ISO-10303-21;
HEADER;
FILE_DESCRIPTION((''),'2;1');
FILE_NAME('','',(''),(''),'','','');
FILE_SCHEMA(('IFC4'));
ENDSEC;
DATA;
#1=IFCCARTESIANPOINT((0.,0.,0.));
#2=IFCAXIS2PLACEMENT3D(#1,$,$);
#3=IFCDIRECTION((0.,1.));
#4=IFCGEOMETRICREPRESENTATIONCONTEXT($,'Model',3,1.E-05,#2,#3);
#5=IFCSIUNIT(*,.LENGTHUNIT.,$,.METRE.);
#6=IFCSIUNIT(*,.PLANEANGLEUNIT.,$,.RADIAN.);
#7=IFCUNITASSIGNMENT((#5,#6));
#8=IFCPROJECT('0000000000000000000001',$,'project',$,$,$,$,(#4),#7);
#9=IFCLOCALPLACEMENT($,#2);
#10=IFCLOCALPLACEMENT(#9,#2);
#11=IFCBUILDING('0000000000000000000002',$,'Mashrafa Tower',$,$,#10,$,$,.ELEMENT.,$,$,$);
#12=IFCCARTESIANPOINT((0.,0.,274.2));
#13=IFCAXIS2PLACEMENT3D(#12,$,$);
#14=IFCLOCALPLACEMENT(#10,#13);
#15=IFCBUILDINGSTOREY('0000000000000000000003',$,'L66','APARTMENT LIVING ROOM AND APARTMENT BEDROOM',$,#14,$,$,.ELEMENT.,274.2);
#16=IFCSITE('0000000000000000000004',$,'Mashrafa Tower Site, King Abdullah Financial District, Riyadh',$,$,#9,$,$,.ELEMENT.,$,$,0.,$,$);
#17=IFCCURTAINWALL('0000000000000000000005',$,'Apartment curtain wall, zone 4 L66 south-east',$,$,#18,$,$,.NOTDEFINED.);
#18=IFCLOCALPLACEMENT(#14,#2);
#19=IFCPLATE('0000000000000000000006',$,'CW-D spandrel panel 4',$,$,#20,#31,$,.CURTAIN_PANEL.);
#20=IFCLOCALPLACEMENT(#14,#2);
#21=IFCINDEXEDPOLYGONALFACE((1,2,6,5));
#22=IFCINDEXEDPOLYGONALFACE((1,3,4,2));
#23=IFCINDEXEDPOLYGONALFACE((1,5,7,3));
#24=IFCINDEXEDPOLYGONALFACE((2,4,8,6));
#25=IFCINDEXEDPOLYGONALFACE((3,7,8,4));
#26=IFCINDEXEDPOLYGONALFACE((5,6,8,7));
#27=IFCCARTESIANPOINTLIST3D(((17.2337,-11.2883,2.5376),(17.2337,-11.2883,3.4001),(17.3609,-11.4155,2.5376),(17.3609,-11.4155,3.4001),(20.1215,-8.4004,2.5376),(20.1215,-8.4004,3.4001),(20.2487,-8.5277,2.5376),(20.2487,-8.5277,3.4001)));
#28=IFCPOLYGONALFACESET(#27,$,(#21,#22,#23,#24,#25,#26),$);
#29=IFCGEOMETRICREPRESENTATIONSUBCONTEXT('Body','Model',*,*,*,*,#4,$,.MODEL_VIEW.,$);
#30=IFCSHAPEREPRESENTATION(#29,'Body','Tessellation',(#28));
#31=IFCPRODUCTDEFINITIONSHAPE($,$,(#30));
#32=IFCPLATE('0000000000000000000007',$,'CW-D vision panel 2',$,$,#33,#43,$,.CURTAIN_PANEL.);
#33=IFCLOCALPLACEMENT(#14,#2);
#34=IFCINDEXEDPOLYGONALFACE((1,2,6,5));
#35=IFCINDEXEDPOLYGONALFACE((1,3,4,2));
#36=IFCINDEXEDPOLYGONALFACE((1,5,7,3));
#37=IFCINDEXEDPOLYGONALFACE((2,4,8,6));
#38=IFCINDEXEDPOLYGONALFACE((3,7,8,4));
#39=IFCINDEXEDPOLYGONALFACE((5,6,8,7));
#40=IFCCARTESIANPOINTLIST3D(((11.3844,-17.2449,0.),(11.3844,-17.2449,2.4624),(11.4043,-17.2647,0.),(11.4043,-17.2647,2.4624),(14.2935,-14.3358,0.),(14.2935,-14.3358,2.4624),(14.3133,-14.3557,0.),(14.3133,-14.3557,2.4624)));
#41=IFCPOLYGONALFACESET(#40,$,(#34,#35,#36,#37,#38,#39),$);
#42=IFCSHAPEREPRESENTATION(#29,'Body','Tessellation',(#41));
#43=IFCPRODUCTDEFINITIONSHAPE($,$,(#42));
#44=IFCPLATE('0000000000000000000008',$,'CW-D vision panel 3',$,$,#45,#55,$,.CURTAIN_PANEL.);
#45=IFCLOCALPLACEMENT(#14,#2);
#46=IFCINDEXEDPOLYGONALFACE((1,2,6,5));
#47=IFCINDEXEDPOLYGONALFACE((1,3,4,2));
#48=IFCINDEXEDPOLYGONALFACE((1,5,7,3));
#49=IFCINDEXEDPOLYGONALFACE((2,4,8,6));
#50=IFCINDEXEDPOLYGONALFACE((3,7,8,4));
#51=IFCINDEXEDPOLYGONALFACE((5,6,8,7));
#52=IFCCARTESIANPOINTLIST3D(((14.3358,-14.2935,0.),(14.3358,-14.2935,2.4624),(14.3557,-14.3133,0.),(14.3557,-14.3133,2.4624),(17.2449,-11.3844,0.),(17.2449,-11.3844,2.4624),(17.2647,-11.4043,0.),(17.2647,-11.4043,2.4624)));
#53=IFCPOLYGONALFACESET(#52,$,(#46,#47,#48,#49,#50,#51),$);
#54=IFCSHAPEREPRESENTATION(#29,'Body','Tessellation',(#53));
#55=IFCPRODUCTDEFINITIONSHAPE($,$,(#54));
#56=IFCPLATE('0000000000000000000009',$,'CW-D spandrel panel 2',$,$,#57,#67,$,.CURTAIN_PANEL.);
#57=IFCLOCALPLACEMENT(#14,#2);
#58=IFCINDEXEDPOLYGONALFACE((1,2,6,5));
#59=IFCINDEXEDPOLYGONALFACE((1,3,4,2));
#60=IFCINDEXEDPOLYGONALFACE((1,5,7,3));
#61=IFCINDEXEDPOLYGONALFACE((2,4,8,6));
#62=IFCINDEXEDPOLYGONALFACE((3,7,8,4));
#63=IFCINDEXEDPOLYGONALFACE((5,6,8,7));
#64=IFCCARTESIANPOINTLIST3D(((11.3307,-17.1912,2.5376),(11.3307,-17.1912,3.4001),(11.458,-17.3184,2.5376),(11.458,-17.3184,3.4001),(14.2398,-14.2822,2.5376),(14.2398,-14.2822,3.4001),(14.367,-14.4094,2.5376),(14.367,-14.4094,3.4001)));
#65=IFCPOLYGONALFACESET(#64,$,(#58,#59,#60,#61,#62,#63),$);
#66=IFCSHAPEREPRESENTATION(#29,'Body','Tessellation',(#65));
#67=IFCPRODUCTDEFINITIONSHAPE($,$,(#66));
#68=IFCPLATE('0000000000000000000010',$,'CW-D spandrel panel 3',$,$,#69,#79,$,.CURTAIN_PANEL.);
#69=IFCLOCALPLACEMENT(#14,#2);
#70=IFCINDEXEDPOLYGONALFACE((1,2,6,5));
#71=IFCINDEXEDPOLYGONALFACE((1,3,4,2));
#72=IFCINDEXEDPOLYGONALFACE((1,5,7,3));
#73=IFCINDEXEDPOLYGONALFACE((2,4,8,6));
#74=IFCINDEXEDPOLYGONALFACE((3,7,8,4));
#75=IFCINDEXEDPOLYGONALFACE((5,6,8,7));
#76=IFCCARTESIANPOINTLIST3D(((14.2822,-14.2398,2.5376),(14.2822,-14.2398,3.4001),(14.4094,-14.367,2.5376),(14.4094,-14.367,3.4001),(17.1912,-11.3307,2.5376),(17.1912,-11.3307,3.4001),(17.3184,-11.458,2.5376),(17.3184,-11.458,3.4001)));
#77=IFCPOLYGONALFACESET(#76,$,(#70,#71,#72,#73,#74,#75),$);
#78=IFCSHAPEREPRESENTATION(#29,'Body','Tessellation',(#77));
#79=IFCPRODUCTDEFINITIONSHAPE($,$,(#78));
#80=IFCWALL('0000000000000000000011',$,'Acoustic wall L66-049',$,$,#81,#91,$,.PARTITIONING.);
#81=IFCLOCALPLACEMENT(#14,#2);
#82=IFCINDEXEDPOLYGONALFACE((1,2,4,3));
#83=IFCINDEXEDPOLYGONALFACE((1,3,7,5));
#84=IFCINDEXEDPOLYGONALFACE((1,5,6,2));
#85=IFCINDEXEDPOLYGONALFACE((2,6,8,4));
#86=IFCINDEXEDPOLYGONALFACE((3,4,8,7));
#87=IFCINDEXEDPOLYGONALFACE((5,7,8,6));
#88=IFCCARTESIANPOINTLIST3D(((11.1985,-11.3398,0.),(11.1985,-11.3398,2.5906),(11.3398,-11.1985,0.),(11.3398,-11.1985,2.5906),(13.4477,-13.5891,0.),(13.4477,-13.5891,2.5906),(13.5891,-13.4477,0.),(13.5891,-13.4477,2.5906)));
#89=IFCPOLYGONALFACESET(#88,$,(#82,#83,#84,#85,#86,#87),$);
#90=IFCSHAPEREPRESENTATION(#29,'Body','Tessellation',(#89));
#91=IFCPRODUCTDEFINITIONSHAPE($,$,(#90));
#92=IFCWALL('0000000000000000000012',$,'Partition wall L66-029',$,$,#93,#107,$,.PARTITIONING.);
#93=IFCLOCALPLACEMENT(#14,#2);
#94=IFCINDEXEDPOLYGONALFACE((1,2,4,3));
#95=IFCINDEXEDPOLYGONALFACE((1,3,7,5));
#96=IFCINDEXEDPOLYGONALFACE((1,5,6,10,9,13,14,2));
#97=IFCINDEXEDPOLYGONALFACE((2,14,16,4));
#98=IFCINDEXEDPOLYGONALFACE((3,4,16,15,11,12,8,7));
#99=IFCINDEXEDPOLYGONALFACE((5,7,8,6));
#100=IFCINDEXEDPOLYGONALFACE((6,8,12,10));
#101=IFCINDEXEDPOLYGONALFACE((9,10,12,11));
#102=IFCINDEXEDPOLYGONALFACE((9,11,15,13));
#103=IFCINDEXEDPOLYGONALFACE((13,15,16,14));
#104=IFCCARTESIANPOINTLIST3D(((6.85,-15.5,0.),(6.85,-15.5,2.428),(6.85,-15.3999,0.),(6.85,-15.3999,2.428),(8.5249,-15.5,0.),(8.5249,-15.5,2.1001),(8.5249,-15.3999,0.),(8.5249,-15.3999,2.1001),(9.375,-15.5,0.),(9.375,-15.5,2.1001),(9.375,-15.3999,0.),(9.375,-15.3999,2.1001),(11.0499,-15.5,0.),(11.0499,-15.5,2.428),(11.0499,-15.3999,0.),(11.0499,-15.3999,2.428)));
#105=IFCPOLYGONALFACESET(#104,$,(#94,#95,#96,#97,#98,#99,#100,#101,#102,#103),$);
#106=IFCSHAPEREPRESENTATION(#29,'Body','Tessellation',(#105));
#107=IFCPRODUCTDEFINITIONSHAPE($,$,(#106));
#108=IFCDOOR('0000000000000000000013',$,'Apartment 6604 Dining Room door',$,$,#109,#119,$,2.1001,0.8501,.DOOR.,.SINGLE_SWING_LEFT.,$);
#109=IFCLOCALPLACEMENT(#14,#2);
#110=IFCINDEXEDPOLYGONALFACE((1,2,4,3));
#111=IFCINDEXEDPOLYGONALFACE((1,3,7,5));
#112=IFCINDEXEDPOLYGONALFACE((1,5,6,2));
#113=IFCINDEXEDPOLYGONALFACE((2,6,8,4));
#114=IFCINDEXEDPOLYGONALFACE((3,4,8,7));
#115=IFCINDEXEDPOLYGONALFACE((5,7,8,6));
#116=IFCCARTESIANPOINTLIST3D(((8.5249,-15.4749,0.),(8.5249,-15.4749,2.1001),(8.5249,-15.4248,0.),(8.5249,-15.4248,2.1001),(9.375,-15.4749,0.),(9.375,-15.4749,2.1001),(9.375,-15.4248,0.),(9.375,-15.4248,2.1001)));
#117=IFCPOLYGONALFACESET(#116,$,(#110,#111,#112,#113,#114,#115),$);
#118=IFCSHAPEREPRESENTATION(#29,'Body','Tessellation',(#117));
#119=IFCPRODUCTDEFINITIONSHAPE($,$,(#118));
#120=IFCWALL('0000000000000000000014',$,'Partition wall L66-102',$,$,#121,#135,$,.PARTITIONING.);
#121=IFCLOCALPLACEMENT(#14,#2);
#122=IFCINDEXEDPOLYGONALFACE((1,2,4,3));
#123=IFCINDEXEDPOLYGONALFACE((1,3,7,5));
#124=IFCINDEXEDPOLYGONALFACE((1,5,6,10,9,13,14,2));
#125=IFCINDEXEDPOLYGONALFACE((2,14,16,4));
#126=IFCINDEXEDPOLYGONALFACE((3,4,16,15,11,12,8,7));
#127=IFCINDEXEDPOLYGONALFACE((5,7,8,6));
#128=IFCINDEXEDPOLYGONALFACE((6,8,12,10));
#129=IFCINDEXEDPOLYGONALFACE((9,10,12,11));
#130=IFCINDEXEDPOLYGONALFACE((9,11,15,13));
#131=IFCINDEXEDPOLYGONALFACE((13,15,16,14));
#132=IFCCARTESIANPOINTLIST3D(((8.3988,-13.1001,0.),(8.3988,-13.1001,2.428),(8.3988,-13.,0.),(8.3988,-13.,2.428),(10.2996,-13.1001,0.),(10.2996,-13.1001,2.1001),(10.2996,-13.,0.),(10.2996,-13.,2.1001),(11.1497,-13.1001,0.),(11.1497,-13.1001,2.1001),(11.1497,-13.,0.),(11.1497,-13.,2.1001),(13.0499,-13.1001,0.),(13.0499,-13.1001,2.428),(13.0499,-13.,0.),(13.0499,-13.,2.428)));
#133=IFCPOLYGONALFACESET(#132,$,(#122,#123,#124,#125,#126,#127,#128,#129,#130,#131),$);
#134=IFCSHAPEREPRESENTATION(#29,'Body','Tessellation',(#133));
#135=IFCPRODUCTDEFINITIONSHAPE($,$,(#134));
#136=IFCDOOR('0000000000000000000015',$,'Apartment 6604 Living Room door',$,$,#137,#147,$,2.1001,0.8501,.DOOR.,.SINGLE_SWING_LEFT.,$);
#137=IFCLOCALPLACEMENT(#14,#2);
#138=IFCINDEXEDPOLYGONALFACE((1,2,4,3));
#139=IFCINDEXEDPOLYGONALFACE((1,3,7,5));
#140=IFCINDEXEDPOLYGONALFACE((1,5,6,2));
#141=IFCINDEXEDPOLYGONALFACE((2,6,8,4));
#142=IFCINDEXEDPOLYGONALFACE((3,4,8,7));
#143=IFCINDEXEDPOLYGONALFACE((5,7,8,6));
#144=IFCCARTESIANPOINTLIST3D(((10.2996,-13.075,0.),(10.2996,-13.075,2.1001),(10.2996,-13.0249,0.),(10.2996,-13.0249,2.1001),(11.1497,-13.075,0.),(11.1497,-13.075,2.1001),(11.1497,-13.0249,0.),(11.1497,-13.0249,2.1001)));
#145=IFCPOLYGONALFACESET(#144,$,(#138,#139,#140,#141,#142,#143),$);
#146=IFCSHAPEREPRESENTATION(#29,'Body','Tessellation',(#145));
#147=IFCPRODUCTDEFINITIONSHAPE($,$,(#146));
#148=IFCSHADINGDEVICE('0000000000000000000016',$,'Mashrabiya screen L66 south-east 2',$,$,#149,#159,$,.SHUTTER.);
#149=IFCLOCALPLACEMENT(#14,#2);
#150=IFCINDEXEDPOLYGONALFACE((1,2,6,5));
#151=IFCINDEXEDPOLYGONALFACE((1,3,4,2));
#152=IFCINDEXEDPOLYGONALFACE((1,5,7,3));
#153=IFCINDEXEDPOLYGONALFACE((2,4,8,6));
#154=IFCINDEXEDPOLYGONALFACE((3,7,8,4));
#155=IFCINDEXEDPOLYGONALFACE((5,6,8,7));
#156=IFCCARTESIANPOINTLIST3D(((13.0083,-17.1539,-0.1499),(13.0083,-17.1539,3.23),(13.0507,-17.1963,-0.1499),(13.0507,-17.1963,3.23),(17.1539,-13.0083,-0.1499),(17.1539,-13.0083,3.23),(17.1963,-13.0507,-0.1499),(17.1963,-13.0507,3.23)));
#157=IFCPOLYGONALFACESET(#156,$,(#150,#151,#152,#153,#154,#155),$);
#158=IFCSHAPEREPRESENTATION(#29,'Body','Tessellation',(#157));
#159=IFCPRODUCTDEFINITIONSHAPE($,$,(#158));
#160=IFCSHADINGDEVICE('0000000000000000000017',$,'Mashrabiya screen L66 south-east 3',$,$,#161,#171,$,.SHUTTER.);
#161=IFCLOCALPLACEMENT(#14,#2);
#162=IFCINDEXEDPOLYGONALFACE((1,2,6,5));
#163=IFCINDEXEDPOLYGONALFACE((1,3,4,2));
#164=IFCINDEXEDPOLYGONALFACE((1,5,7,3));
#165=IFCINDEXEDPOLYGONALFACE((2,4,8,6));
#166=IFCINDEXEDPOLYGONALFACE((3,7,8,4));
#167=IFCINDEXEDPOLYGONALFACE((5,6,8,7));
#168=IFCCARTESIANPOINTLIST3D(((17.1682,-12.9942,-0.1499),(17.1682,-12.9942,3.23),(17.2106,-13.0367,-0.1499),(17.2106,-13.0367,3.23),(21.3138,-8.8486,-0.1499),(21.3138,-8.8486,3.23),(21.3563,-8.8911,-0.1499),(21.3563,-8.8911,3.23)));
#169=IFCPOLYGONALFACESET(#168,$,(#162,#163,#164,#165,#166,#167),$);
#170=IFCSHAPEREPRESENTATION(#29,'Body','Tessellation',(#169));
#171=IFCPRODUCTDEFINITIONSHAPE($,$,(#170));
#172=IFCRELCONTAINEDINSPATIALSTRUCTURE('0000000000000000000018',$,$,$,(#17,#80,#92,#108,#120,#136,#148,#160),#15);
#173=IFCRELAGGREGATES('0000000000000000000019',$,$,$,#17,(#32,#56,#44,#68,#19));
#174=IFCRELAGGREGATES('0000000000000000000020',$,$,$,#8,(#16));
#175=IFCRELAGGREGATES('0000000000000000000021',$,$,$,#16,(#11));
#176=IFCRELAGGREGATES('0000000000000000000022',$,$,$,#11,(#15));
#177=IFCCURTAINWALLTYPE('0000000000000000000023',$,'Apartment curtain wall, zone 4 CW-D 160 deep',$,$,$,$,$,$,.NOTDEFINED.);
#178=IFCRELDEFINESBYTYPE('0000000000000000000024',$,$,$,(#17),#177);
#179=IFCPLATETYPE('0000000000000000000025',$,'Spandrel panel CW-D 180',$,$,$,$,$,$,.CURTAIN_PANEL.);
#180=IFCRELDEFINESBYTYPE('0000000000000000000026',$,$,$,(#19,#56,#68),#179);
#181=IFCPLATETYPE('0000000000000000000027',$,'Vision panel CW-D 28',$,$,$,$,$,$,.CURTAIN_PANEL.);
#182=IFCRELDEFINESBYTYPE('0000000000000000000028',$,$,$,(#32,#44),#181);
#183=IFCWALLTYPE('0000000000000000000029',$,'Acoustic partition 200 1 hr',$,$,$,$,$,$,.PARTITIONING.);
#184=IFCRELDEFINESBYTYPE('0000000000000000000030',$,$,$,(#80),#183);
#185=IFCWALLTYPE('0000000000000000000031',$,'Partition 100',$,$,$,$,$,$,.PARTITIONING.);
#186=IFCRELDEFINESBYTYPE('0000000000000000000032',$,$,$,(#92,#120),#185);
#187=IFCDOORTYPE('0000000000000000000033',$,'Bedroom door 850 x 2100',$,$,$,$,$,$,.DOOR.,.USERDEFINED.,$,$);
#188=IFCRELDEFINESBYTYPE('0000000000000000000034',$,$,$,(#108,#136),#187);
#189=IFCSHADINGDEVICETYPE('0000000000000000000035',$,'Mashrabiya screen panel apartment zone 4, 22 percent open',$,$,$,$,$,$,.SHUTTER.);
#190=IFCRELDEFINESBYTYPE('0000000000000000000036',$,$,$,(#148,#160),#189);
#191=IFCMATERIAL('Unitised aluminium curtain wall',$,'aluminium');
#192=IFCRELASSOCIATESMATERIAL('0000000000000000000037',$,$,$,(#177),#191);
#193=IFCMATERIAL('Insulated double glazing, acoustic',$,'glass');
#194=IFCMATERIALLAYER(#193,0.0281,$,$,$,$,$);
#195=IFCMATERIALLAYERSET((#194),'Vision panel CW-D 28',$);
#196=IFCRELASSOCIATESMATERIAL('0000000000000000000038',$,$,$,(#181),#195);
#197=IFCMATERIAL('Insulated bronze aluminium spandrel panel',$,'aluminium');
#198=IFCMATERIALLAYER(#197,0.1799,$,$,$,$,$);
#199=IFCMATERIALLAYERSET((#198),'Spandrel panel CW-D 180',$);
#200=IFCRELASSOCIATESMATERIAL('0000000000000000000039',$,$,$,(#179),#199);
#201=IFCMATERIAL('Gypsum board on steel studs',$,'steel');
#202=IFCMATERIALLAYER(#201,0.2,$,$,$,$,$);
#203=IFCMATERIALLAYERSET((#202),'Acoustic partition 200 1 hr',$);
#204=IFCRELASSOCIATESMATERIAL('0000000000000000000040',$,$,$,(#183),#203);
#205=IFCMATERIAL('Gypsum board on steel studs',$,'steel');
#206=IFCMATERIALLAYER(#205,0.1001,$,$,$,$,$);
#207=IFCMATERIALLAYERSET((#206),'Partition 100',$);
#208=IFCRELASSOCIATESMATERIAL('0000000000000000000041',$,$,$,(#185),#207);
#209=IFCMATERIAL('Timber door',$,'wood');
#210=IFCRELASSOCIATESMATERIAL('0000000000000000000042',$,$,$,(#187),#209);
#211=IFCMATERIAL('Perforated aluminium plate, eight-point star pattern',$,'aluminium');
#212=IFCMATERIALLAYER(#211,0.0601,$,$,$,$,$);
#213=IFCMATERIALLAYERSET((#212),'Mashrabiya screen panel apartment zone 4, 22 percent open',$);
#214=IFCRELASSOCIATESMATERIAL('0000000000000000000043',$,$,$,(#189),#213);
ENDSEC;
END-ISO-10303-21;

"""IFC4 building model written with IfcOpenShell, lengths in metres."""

from ifc_helpers import new_model, si_unit, direction, frame, frame_2d, origin, origin_2d, place, context, subcontext, project, spatial, rectangle, extrude, source, transform, mapped, material, layer, layer_set, type_object, type_shapes, element, fill, aggregate, save


model = new_model("IFC4")

# Units and contexts
model_context = context("Model", 3, precision=1e-05, world=origin(), true_north=direction((0.0, 1.0)))
body_context = subcontext(model_context, "Body", "Model", "MODEL_VIEW")
ifc_project = project(units=[si_unit("LENGTHUNIT", "METRE"), si_unit("PLANEANGLEUNIT", "RADIAN")], contexts=[model_context])

# Site, building, storey
site_placement = place(None, origin())
site = spatial("IfcSite", under=ifc_project, at=site_placement, Name="Mashrafa Tower Site, King Abdullah Financial District, Riyadh", CompositionType="ELEMENT", RefElevation=0.0)
building_placement = place(site_placement, origin())
building = spatial("IfcBuilding", under=site, at=building_placement, Name="Mashrafa Tower", CompositionType="ELEMENT")
storey_placement = place(building_placement, frame((0.0, 0.0, 274.2)))
storey = spatial("IfcBuildingStorey", under=building, at=storey_placement, Name="L66", Description="APARTMENT LIVING ROOM AND APARTMENT BEDROOM", CompositionType="ELEMENT", Elevation=274.2)

# Shared definitions
ifc_material_1 = material(Name="Unitised aluminium curtain wall", Category="aluminium")
curtain_wall_type = type_object("IfcCurtainWallType", Name="Apartment curtain wall, zone 4 CW-D 160 deep", PredefinedType="NOTDEFINED", material=ifc_material_1)

# Curtain wall
curtain_wall_1_placement = place(storey_placement, origin())
curtain_wall_1 = element("IfcCurtainWall", 1, at=curtain_wall_1_placement, inside=storey, type_object=curtain_wall_type, Name="Apartment curtain wall, zone 4 L66 south-east", PredefinedType="NOTDEFINED")

# Plates
ifc_material_2 = material(Name="Insulated double glazing, acoustic", Category="glass")
ifc_layer_1 = layer(ifc_material_2, 0.0281)
ifc_layer_set_1 = layer_set([ifc_layer_1], Name="Vision panel CW-D 28")
plate_type_1 = type_object("IfcPlateType", Name="Vision panel CW-D 28", PredefinedType="CURTAIN_PANEL", material=ifc_layer_set_1)
ifc_material_3 = material(Name="Insulated bronze aluminium spandrel panel", Category="aluminium")
ifc_layer_2 = layer(ifc_material_3, 0.1799)
ifc_layer_set_2 = layer_set([ifc_layer_2], Name="Spandrel panel CW-D 180")
plate_type_2 = type_object("IfcPlateType", Name="Spandrel panel CW-D 180", PredefinedType="CURTAIN_PANEL", material=ifc_layer_set_2)
shared_shape_1 = source(origin(), body_context, "Body", "SweptSolid", [
    extrude(rectangle(XDim=4.084, YDim=0.1799, at=origin_2d()), origin(), (0.0, 0.0, 1.0), 0.8625),
])
plate_1_placement = place(storey_placement, frame((18.7412, -9.908, 2.5376), z_axis=(0.0, 0.0, 1.0), x_axis=(0.707107, 0.707107, 0.0)))
plate_1 = element("IfcPlate", 2, at=plate_1_placement, type_object=plate_type_2, Name="CW-D spandrel panel 4", PredefinedType="CURTAIN_PANEL", context=body_context, shape_type="MappedRepresentation", body=[
    mapped(shared_shape_1, transform((0.0, 0.0, 0.0))),
])
shared_shape_2 = source(origin(), body_context, "Body", "SweptSolid", [
    extrude(rectangle(XDim=4.114, YDim=0.0281, at=origin_2d()), origin(), (0.0, 0.0, 1.0), 2.4624),
])
plate_2_placement = place(storey_placement, frame((12.8489, -15.8003, 0.0), z_axis=(0.0, 0.0, 1.0), x_axis=(0.707107, 0.707107, 0.0)))
plate_2 = element("IfcPlate", 3, at=plate_2_placement, type_object=plate_type_1, Name="CW-D vision panel 2", PredefinedType="CURTAIN_PANEL", context=body_context, shape_type="MappedRepresentation", body=[
    mapped(shared_shape_2, transform((0.0, 0.0, 0.0))),
])
plate_3_placement = place(storey_placement, frame((15.8003, -12.8489, 0.0), z_axis=(0.0, 0.0, 1.0), x_axis=(0.707107, 0.707107, 0.0)))
plate_3 = element("IfcPlate", 4, at=plate_3_placement, type_object=plate_type_1, Name="CW-D vision panel 3", PredefinedType="CURTAIN_PANEL", context=body_context, shape_type="MappedRepresentation", body=[
    mapped(shared_shape_2, transform((0.0, 0.0, 0.0))),
])
shared_shape_3 = source(origin(), body_context, "Body", "SweptSolid", [
    extrude(rectangle(XDim=4.114, YDim=0.1799, at=origin_2d()), origin(), (0.0, 0.0, 1.0), 0.8625),
])
type_shapes(plate_type_2, [shared_shape_1, shared_shape_3])
plate_4_placement = place(storey_placement, frame((12.8489, -15.8003, 2.5376), z_axis=(0.0, 0.0, 1.0), x_axis=(0.707107, 0.707107, 0.0)))
plate_4 = element("IfcPlate", 5, at=plate_4_placement, type_object=plate_type_2, Name="CW-D spandrel panel 2", PredefinedType="CURTAIN_PANEL", context=body_context, shape_type="MappedRepresentation", body=[
    mapped(shared_shape_3, transform((0.0, 0.0, 0.0))),
])
plate_5_placement = place(storey_placement, frame((15.8003, -12.8489, 2.5376), z_axis=(0.0, 0.0, 1.0), x_axis=(0.707107, 0.707107, 0.0)))
plate_5 = element("IfcPlate", 6, at=plate_5_placement, type_object=plate_type_2, Name="CW-D spandrel panel 3", PredefinedType="CURTAIN_PANEL", context=body_context, shape_type="MappedRepresentation", body=[
    mapped(shared_shape_3, transform((0.0, 0.0, 0.0))),
])
aggregate(curtain_wall_1, [plate_2, plate_4, plate_3, plate_5, plate_1])

# Wall
ifc_material_4 = material(Name="Gypsum board on steel studs", Category="steel")
ifc_layer_3 = layer(ifc_material_4, 0.2)
ifc_layer_set_3 = layer_set([ifc_layer_3], Name="Acoustic partition 200 1 hr")
wall_type_1 = type_object("IfcWallType", Name="Acoustic partition 200 1 hr", PredefinedType="PARTITIONING", material=ifc_layer_set_3)
wall_1_placement = place(storey_placement, frame((13.5183, -13.5183, 0.0), z_axis=(0.0, 0.0, 1.0), x_axis=(-0.707107, 0.707107, 0.0)))
element("IfcWall", 7, at=wall_1_placement, inside=storey, type_object=wall_type_1, Name="Acoustic wall L66-049", PredefinedType="PARTITIONING", context=body_context, shape_type="SweptSolid", body=[
    extrude(rectangle(XDim=3.1809, YDim=0.2, at=frame_2d((1.5903, 0.0))), origin(), (0.0, 0.0, 1.0), 2.5906),
])

# Walls, openings, doors
ifc_material_5 = material(Name="Gypsum board on steel studs", Category="steel")
ifc_layer_4 = layer(ifc_material_5, 0.1001)
ifc_layer_set_4 = layer_set([ifc_layer_4], Name="Partition 100")
wall_type_2 = type_object("IfcWallType", Name="Partition 100", PredefinedType="PARTITIONING", material=ifc_layer_set_4)
wall_2_placement = place(storey_placement, frame((11.05, -15.45, 0.0), z_axis=(0.0, 0.0, 1.0), x_axis=(-1.0, 0.0, 0.0)))
wall_2 = element("IfcWall", 8, at=wall_2_placement, inside=storey, type_object=wall_type_2, Name="Partition wall L66-029", PredefinedType="PARTITIONING", context=body_context, shape_type="SweptSolid", body=[
    extrude(rectangle(XDim=4.2, YDim=0.1001, at=frame_2d((2.1001, 0.0))), origin(), (0.0, 0.0, 1.0), 2.428),
])
opening_1_placement = place(wall_2_placement, frame((1.675, 0.0, 0.0)))
opening_1 = element("IfcOpeningElement", 9, at=opening_1_placement, cuts=wall_2, PredefinedType="OPENING", context=body_context, shape_type="SweptSolid", body=[
    extrude(rectangle(XDim=0.8501, YDim=2.1001, at=frame_2d((0.425, 1.05))), frame((0.0, 0.0601, 0.0), z_axis=(0.0, -1.0, 0.0), x_axis=(1.0, 0.0, 0.0)), (0.0, 0.0, 1.0), 0.1201),
])
ifc_material_6 = material(Name="Timber door", Category="wood")
door_type = type_object("IfcDoorType", Name="Bedroom door 850 x 2100", OperationType="USERDEFINED", PredefinedType="DOOR", material=ifc_material_6)
door_1_placement = place(opening_1_placement, origin())
door_1 = element("IfcDoor", 10, at=door_1_placement, inside=storey, type_object=door_type, Name="Apartment 6604 Dining Room door", OperationType="SINGLE_SWING_LEFT", OverallHeight=2.1001, OverallWidth=0.8501, PredefinedType="DOOR", context=body_context, shape_type="SweptSolid", body=[
    extrude(rectangle(XDim=0.8501, YDim=2.1001, at=frame_2d((0.425, 1.05))), frame((0.0, 0.0249, 0.0), z_axis=(0.0, -1.0, 0.0), x_axis=(1.0, 0.0, 0.0)), (0.0, 0.0, 1.0), 0.05),
])
fill(opening_1, door_1)
wall_3_placement = place(storey_placement, frame((13.05, -13.05, 0.0), z_axis=(0.0, 0.0, 1.0), x_axis=(-1.0, 0.0, 0.0)))
wall_3 = element("IfcWall", 11, at=wall_3_placement, inside=storey, type_object=wall_type_2, Name="Partition wall L66-102", PredefinedType="PARTITIONING", context=body_context, shape_type="SweptSolid", body=[
    extrude(rectangle(XDim=4.6511, YDim=0.1001, at=frame_2d((2.3257, 0.0))), origin(), (0.0, 0.0, 1.0), 2.428),
])
opening_2_placement = place(wall_3_placement, frame((1.9004, 0.0, 0.0)))
opening_2 = element("IfcOpeningElement", 12, at=opening_2_placement, cuts=wall_3, PredefinedType="OPENING", context=body_context, shape_type="SweptSolid", body=[
    extrude(rectangle(XDim=0.8501, YDim=2.1001, at=frame_2d((0.425, 1.05))), frame((0.0, 0.0601, 0.0), z_axis=(0.0, -1.0, 0.0), x_axis=(1.0, 0.0, 0.0)), (0.0, 0.0, 1.0), 0.1201),
])
door_2_placement = place(opening_2_placement, origin())
door_2 = element("IfcDoor", 13, at=door_2_placement, inside=storey, type_object=door_type, Name="Apartment 6604 Living Room door", OperationType="SINGLE_SWING_LEFT", OverallHeight=2.1001, OverallWidth=0.8501, PredefinedType="DOOR", context=body_context, shape_type="SweptSolid", body=[
    extrude(rectangle(XDim=0.8501, YDim=2.1001, at=frame_2d((0.425, 1.05))), frame((0.0, 0.0249, 0.0), z_axis=(0.0, -1.0, 0.0), x_axis=(1.0, 0.0, 0.0)), (0.0, 0.0, 1.0), 0.05),
])
fill(opening_2, door_2)

# Shading devices
ifc_material_7 = material(Name="Perforated aluminium plate, eight-point star pattern", Category="aluminium")
ifc_layer_5 = layer(ifc_material_7, 0.0601)
ifc_layer_set_5 = layer_set([ifc_layer_5], Name="Mashrabiya screen panel apartment zone 4, 22 percent open")
shading_device_type = type_object("IfcShadingDeviceType", Name="Mashrabiya screen panel apartment zone 4, 22 percent open", PredefinedType="SHUTTER", material=ifc_layer_set_5)
shared_shape_4 = source(origin(), body_context, "Body", "SweptSolid", [
    extrude(rectangle(XDim=5.8628, YDim=0.0601, at=origin_2d()), origin(), (0.0, 0.0, 1.0), 3.3799),
])
type_shapes(shading_device_type, [shared_shape_4])
for number, where, z_axis, x_axis, name in (
    (14, (15.1023, -15.1023, -0.1499), (0.0, 0.0, 1.0), (0.707107, 0.707107, 0.0), "Mashrabiya screen L66 south-east 2"),
    (15, (19.2622, -10.9426, -0.1499), (0.0, 0.0, 1.0), (0.707107, 0.707107, 0.0), "Mashrabiya screen L66 south-east 3"),
):
    element("IfcShadingDevice", number, at=place(storey_placement, frame(where, z_axis=z_axis, x_axis=x_axis)), inside=storey, type_object=shading_device_type, Name=name, PredefinedType="SHUTTER", context=body_context, shape_type="MappedRepresentation", body=[
        mapped(shared_shape_4, transform((0.0, 0.0, 0.0))),
    ])

save(model, "model.ifc")
